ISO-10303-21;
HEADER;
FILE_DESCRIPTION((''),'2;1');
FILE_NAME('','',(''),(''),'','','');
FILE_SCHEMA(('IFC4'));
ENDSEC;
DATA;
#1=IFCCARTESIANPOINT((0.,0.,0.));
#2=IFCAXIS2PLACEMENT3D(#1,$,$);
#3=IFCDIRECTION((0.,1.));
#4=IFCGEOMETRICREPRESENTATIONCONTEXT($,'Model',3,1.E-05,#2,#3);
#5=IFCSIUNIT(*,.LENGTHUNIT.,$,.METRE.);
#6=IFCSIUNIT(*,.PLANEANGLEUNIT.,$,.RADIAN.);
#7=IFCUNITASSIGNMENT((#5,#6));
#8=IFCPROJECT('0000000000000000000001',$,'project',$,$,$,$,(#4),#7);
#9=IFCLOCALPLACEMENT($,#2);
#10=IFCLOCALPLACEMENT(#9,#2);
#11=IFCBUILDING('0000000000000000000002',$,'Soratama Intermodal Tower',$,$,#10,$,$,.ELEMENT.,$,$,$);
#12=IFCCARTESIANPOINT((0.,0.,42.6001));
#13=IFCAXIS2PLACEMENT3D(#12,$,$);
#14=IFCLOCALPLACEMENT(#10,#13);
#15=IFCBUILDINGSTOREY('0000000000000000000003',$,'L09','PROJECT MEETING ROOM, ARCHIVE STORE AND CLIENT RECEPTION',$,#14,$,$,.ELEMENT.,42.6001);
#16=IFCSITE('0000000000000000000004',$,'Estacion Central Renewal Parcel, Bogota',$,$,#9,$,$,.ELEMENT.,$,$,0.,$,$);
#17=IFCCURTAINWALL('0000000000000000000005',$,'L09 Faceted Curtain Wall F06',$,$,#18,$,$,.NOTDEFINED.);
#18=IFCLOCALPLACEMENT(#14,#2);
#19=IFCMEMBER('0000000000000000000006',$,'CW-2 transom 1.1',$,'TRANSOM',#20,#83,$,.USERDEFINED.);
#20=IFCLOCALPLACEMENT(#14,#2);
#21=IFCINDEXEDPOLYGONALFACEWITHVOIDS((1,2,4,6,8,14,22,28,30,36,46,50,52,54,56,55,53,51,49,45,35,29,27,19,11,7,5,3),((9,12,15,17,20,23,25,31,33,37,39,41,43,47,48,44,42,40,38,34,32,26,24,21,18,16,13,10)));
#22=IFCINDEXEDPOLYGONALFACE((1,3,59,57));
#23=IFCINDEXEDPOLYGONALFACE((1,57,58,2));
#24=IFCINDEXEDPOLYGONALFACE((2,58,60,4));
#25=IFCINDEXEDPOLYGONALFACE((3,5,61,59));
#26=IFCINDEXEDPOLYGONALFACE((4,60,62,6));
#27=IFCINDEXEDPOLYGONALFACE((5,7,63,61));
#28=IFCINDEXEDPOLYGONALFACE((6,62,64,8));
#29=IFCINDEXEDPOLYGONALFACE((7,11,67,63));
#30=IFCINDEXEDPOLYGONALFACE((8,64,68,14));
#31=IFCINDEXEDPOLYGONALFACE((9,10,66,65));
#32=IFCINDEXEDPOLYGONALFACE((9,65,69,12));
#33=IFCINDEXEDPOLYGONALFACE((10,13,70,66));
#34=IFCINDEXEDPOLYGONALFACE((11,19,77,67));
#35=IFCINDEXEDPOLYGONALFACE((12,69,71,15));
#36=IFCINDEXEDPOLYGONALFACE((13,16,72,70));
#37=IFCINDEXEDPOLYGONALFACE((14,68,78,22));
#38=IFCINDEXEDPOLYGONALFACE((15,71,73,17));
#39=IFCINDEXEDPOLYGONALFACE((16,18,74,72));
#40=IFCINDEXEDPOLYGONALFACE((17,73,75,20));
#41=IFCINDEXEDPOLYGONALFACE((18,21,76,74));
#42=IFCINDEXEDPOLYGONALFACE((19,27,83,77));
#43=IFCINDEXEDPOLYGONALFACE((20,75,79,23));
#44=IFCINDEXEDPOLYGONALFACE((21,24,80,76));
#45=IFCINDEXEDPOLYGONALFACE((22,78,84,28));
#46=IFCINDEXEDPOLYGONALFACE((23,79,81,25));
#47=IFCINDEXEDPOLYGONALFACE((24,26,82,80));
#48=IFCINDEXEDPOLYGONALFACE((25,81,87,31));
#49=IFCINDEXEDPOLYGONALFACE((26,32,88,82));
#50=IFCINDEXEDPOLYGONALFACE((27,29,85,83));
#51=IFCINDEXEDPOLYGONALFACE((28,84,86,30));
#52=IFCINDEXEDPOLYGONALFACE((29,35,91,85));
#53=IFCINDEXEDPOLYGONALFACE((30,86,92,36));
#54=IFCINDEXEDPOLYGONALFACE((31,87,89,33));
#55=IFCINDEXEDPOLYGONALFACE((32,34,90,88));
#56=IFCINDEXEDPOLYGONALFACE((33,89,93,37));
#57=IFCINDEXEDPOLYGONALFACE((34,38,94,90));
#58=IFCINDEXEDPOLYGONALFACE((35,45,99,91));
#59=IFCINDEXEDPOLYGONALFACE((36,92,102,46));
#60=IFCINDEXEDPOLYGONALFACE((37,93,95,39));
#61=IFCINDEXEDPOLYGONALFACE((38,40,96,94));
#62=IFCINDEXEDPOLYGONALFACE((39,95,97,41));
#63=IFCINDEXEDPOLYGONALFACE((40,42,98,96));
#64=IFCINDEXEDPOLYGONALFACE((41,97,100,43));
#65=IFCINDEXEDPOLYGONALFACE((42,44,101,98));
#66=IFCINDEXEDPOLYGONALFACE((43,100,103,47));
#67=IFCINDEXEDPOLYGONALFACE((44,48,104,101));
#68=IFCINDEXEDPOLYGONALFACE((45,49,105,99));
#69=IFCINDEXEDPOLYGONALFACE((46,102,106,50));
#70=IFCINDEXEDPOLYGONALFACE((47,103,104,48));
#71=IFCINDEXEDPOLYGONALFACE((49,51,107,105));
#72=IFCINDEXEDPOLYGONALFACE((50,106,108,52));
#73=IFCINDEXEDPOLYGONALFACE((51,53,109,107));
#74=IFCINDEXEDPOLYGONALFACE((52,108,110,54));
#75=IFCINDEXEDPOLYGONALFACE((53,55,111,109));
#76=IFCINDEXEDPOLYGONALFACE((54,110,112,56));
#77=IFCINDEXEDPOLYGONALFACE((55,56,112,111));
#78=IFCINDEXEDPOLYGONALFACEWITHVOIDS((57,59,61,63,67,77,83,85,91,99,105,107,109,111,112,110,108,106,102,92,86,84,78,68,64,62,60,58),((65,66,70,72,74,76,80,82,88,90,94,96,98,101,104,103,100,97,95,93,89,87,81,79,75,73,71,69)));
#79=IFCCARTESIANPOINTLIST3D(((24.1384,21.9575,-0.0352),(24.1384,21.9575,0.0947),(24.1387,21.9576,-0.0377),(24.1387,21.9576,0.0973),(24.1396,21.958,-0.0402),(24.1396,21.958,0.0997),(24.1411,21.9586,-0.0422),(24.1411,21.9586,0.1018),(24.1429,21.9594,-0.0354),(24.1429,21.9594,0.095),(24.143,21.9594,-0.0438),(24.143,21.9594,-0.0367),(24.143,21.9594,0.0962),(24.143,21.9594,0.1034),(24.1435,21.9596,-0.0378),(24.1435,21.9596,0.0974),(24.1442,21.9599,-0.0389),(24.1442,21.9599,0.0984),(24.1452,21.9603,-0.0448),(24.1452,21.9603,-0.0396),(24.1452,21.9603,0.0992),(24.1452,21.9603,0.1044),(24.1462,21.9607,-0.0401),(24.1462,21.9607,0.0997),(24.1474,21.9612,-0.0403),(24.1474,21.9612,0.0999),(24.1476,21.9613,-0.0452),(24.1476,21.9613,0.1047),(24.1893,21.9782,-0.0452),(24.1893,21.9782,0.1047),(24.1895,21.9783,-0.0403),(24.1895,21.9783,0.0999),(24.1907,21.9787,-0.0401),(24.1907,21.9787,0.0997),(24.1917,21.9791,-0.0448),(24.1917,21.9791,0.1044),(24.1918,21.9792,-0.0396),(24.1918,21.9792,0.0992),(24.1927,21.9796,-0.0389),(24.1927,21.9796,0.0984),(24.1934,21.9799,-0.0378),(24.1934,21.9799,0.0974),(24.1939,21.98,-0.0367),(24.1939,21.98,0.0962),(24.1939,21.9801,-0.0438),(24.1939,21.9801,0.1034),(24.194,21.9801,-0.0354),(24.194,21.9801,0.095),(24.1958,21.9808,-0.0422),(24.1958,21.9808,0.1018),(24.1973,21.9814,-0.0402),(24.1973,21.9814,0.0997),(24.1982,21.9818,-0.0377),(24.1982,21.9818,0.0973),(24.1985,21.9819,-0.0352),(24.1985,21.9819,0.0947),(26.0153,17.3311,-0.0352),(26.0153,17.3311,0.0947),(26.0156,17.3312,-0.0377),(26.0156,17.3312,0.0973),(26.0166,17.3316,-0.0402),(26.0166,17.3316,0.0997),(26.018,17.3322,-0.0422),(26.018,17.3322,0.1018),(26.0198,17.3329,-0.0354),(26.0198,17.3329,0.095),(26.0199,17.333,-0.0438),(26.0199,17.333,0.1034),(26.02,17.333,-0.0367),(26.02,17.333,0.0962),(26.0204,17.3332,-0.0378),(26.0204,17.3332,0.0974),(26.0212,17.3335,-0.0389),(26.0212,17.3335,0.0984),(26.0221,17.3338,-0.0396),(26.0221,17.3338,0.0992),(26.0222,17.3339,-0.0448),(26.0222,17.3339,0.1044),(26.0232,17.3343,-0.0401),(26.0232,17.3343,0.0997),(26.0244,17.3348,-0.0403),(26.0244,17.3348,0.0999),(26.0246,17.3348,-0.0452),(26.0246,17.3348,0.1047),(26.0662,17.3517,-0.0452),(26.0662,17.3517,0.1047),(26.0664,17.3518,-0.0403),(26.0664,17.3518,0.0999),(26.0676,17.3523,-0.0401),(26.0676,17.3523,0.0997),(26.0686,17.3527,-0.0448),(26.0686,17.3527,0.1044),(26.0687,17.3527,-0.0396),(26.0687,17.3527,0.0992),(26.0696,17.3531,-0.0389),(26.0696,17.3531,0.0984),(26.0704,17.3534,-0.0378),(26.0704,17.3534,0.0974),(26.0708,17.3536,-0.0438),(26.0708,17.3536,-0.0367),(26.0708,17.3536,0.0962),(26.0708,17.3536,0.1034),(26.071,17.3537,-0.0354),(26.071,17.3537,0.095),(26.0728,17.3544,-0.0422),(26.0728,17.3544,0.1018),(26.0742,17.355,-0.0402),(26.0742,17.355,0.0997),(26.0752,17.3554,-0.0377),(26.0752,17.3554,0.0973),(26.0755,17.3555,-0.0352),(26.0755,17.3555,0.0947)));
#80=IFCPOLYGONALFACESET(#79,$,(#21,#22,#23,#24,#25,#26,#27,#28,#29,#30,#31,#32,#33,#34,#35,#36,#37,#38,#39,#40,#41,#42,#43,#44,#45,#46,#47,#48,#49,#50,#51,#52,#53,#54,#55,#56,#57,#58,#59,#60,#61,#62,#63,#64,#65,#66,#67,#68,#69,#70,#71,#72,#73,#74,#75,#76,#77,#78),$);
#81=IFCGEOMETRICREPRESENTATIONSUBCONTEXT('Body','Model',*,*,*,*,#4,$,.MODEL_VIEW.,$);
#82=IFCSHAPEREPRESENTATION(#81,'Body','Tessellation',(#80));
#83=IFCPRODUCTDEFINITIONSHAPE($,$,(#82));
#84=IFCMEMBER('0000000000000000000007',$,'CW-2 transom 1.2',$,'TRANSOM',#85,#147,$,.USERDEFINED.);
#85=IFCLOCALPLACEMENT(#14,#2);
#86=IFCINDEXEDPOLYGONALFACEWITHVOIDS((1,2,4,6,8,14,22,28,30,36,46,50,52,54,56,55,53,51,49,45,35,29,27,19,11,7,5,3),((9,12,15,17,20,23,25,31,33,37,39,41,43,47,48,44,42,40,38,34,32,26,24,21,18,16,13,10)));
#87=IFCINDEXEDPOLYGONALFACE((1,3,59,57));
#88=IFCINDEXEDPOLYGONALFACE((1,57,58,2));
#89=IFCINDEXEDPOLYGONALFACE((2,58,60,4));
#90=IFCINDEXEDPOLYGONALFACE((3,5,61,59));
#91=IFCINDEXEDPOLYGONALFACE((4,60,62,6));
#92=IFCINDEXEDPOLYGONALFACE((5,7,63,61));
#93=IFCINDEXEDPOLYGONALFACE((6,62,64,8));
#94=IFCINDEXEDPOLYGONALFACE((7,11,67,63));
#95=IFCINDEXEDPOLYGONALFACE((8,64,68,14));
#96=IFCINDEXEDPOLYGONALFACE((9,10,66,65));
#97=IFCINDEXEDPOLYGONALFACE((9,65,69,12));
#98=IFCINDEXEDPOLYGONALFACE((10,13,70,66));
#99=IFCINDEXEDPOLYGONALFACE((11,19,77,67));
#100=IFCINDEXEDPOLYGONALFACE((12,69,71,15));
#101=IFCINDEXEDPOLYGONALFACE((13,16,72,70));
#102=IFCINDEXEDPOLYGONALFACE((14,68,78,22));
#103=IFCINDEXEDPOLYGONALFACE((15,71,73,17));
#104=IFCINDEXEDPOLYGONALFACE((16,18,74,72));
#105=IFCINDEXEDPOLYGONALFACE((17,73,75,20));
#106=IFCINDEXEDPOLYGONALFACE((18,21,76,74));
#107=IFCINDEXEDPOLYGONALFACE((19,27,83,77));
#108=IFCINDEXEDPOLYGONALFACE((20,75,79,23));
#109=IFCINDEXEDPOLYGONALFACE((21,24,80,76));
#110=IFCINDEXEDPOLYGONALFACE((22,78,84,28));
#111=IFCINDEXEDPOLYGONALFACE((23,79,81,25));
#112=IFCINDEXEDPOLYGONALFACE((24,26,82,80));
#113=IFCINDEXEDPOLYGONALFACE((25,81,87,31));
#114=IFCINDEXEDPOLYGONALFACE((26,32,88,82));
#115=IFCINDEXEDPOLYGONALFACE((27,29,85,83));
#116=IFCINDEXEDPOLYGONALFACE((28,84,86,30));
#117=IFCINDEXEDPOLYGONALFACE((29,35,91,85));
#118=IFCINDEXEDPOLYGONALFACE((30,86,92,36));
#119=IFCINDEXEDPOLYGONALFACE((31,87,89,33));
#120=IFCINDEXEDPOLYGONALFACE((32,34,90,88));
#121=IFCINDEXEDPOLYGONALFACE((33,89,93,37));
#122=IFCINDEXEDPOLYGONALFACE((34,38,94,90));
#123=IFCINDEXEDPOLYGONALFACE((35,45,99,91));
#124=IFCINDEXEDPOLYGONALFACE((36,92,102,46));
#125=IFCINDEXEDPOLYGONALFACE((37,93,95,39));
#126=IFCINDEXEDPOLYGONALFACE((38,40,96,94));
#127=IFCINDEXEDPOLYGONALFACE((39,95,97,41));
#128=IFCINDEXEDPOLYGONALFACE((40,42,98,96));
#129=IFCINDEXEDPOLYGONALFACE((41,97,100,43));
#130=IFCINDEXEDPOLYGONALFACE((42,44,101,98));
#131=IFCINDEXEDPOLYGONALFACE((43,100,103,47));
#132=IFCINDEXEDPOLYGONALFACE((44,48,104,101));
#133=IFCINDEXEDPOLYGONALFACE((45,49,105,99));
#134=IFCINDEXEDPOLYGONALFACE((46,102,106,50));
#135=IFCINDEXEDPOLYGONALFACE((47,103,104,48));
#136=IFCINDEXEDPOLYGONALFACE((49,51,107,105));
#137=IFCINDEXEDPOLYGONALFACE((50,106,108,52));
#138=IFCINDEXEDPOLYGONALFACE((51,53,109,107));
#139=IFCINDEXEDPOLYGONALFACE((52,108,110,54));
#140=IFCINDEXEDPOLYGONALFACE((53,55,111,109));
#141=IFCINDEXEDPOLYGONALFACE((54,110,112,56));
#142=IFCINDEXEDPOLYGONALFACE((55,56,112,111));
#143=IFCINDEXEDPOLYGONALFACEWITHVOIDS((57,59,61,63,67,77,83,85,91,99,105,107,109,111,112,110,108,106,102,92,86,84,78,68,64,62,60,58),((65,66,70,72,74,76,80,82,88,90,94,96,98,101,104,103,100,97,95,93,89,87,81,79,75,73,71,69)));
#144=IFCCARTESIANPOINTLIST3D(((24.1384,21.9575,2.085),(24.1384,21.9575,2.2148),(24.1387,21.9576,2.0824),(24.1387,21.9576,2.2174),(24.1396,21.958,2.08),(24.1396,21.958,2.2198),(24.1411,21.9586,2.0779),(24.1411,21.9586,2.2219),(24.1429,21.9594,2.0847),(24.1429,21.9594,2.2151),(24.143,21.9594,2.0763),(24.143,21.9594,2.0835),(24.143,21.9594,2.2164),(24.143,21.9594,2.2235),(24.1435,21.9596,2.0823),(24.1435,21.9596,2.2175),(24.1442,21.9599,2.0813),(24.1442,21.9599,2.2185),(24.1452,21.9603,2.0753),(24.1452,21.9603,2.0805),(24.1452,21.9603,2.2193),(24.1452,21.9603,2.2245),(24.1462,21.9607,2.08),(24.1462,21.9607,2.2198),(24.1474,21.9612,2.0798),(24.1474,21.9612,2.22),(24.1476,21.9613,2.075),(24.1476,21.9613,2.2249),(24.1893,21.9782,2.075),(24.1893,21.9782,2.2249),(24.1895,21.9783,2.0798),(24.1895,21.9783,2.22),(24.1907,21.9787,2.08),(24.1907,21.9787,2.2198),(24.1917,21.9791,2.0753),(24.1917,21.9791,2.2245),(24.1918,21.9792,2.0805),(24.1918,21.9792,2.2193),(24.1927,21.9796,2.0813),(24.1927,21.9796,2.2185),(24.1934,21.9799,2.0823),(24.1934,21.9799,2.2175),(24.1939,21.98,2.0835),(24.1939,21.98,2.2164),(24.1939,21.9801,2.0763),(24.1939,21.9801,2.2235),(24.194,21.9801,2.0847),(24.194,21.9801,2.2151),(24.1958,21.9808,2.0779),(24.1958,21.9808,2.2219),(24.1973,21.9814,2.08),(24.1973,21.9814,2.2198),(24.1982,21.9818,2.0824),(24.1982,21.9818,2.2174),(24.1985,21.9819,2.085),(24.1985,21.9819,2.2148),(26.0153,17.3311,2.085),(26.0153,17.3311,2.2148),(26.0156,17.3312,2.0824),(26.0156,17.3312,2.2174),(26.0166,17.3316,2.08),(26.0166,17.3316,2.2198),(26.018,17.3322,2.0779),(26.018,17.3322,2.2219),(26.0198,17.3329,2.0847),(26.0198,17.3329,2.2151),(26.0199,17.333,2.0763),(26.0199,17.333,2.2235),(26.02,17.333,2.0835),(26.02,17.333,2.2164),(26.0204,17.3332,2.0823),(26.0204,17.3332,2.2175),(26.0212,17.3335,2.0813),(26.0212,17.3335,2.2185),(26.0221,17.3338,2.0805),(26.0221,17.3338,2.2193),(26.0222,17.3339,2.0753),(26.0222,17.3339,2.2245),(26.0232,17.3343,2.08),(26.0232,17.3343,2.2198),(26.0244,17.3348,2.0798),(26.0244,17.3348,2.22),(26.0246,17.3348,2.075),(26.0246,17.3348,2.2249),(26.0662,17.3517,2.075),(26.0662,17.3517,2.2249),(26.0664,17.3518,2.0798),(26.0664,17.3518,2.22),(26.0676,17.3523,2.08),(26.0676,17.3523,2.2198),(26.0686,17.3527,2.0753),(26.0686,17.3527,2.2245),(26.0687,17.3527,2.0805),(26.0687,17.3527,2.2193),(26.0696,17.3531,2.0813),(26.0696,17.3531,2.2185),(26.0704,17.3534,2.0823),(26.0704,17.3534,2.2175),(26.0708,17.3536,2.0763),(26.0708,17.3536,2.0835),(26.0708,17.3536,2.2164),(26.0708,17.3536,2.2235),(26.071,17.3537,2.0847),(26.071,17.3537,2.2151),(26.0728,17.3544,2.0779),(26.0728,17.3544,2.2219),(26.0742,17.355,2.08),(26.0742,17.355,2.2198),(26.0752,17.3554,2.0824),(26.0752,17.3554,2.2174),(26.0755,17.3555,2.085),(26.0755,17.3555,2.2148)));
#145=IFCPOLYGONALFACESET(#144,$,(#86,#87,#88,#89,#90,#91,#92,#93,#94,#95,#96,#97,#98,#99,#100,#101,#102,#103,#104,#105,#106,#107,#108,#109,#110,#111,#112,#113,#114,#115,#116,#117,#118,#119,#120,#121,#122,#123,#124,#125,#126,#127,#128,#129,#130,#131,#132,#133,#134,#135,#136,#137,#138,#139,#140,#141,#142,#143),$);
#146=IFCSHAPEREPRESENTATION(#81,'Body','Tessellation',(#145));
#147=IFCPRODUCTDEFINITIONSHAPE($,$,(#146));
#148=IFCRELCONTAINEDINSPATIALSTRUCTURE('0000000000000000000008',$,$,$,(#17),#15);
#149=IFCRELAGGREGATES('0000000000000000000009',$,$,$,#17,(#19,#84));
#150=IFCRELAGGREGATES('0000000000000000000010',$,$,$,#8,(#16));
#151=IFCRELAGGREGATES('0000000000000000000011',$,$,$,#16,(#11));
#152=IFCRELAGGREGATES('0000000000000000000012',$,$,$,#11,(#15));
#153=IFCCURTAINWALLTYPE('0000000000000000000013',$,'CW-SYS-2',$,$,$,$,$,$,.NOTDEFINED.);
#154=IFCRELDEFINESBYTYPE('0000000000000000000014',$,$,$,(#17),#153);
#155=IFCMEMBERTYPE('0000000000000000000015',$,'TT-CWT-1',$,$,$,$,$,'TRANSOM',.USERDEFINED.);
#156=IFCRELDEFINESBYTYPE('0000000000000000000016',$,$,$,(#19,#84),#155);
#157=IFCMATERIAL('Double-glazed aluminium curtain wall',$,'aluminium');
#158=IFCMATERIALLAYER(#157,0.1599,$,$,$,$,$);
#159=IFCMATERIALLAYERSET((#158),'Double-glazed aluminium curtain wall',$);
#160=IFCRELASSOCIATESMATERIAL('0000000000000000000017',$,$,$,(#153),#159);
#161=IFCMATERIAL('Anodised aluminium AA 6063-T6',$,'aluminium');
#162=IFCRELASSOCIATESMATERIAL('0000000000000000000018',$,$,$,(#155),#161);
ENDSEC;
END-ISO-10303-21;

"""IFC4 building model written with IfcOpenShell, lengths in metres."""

from ifc_helpers import new_model, si_unit, direction, frame, origin, origin_2d, place, context, subcontext, project, spatial, hollow_rectangle, extrude, material, layer, layer_set, material_profile, profile_set, type_object, element, aggregate, save


model = new_model("IFC4")

# Units and contexts
model_context = context("Model", 3, precision=1e-05, world=origin(), true_north=direction((0.0, 1.0)))
body_context = subcontext(model_context, "Body", "Model", "MODEL_VIEW")
ifc_project = project(units=[si_unit("LENGTHUNIT", "METRE"), si_unit("PLANEANGLEUNIT", "RADIAN")], contexts=[model_context])

# Site, building, storey
site_placement = place(None, origin())
site = spatial("IfcSite", under=ifc_project, at=site_placement, Name="Estacion Central Renewal Parcel, Bogota", CompositionType="ELEMENT", RefElevation=0.0)
building_placement = place(site_placement, origin())
building = spatial("IfcBuilding", under=site, at=building_placement, Name="Soratama Intermodal Tower", CompositionType="ELEMENT")
storey_placement = place(building_placement, frame((0.0, 0.0, 42.6001)))
storey = spatial("IfcBuildingStorey", under=building, at=storey_placement, Name="L09", Description="PROJECT MEETING ROOM, ARCHIVE STORE AND CLIENT RECEPTION", CompositionType="ELEMENT", Elevation=42.6001)

# Curtain wall, members
ifc_material_1 = material(Name="Double-glazed aluminium curtain wall", Category="aluminium")
ifc_layer_1 = layer(ifc_material_1, 0.1599)
ifc_layer_set_1 = layer_set([ifc_layer_1], Name="Double-glazed aluminium curtain wall")
curtain_wall_type = type_object("IfcCurtainWallType", Name="CW-SYS-2", PredefinedType="NOTDEFINED", material=ifc_layer_set_1)
curtain_wall_placement = place(storey_placement, origin())
curtain_wall = element("IfcCurtainWall", 1, at=curtain_wall_placement, inside=storey, type_object=curtain_wall_type, Name="L09 Faceted Curtain Wall F06", PredefinedType="NOTDEFINED")
ifc_material_2 = material(Name="Anodised aluminium AA 6063-T6", Category="aluminium")
ifc_material_profile_1 = material_profile(ifc_material_2, hollow_rectangle(XDim=0.0649, YDim=0.1499, WallThickness=0.0049, InnerFilletRadius=0.0049, OuterFilletRadius=0.01, at=origin_2d()), Name="CWT150X65X5")
ifc_profile_set_1 = profile_set([ifc_material_profile_1], Name="Anodised aluminium AA 6063-T6")
member_type_1 = type_object("IfcMemberType", Name="TT-CWT-1", ElementType="TRANSOM", PredefinedType="USERDEFINED", material=ifc_profile_set_1)
member_1_placement = place(storey_placement, frame((24.1685, 21.9697, 0.0298), z_axis=(0.375939, -0.926644, 0.0), x_axis=(0.926644, 0.375939, 0.0)))
member_1 = element("IfcMember", 2, at=member_1_placement, type_object=member_type_1, Name="CW-2 transom 1.1", ObjectType="TRANSOM", PredefinedType="USERDEFINED", context=body_context, shape_type="SweptSolid", body=[
    extrude(hollow_rectangle(XDim=0.0649, YDim=0.1499, WallThickness=0.0049, InnerFilletRadius=0.0049, OuterFilletRadius=0.01, at=origin_2d()), origin(), (0.0, 0.0, 1.0), 4.9927),
])
member_2_placement = place(storey_placement, frame((24.1685, 21.9697, 2.1499), z_axis=(0.375939, -0.926644, 0.0), x_axis=(0.926644, 0.375939, 0.0)))
member_2 = element("IfcMember", 3, at=member_2_placement, type_object=member_type_1, Name="CW-2 transom 1.2", ObjectType="TRANSOM", PredefinedType="USERDEFINED", context=body_context, shape_type="SweptSolid", body=[
    extrude(hollow_rectangle(XDim=0.0649, YDim=0.1499, WallThickness=0.0049, InnerFilletRadius=0.0049, OuterFilletRadius=0.01, at=origin_2d()), origin(), (0.0, 0.0, 1.0), 4.9927),
])
aggregate(curtain_wall, [member_1, member_2])

save(model, "model.ifc")
